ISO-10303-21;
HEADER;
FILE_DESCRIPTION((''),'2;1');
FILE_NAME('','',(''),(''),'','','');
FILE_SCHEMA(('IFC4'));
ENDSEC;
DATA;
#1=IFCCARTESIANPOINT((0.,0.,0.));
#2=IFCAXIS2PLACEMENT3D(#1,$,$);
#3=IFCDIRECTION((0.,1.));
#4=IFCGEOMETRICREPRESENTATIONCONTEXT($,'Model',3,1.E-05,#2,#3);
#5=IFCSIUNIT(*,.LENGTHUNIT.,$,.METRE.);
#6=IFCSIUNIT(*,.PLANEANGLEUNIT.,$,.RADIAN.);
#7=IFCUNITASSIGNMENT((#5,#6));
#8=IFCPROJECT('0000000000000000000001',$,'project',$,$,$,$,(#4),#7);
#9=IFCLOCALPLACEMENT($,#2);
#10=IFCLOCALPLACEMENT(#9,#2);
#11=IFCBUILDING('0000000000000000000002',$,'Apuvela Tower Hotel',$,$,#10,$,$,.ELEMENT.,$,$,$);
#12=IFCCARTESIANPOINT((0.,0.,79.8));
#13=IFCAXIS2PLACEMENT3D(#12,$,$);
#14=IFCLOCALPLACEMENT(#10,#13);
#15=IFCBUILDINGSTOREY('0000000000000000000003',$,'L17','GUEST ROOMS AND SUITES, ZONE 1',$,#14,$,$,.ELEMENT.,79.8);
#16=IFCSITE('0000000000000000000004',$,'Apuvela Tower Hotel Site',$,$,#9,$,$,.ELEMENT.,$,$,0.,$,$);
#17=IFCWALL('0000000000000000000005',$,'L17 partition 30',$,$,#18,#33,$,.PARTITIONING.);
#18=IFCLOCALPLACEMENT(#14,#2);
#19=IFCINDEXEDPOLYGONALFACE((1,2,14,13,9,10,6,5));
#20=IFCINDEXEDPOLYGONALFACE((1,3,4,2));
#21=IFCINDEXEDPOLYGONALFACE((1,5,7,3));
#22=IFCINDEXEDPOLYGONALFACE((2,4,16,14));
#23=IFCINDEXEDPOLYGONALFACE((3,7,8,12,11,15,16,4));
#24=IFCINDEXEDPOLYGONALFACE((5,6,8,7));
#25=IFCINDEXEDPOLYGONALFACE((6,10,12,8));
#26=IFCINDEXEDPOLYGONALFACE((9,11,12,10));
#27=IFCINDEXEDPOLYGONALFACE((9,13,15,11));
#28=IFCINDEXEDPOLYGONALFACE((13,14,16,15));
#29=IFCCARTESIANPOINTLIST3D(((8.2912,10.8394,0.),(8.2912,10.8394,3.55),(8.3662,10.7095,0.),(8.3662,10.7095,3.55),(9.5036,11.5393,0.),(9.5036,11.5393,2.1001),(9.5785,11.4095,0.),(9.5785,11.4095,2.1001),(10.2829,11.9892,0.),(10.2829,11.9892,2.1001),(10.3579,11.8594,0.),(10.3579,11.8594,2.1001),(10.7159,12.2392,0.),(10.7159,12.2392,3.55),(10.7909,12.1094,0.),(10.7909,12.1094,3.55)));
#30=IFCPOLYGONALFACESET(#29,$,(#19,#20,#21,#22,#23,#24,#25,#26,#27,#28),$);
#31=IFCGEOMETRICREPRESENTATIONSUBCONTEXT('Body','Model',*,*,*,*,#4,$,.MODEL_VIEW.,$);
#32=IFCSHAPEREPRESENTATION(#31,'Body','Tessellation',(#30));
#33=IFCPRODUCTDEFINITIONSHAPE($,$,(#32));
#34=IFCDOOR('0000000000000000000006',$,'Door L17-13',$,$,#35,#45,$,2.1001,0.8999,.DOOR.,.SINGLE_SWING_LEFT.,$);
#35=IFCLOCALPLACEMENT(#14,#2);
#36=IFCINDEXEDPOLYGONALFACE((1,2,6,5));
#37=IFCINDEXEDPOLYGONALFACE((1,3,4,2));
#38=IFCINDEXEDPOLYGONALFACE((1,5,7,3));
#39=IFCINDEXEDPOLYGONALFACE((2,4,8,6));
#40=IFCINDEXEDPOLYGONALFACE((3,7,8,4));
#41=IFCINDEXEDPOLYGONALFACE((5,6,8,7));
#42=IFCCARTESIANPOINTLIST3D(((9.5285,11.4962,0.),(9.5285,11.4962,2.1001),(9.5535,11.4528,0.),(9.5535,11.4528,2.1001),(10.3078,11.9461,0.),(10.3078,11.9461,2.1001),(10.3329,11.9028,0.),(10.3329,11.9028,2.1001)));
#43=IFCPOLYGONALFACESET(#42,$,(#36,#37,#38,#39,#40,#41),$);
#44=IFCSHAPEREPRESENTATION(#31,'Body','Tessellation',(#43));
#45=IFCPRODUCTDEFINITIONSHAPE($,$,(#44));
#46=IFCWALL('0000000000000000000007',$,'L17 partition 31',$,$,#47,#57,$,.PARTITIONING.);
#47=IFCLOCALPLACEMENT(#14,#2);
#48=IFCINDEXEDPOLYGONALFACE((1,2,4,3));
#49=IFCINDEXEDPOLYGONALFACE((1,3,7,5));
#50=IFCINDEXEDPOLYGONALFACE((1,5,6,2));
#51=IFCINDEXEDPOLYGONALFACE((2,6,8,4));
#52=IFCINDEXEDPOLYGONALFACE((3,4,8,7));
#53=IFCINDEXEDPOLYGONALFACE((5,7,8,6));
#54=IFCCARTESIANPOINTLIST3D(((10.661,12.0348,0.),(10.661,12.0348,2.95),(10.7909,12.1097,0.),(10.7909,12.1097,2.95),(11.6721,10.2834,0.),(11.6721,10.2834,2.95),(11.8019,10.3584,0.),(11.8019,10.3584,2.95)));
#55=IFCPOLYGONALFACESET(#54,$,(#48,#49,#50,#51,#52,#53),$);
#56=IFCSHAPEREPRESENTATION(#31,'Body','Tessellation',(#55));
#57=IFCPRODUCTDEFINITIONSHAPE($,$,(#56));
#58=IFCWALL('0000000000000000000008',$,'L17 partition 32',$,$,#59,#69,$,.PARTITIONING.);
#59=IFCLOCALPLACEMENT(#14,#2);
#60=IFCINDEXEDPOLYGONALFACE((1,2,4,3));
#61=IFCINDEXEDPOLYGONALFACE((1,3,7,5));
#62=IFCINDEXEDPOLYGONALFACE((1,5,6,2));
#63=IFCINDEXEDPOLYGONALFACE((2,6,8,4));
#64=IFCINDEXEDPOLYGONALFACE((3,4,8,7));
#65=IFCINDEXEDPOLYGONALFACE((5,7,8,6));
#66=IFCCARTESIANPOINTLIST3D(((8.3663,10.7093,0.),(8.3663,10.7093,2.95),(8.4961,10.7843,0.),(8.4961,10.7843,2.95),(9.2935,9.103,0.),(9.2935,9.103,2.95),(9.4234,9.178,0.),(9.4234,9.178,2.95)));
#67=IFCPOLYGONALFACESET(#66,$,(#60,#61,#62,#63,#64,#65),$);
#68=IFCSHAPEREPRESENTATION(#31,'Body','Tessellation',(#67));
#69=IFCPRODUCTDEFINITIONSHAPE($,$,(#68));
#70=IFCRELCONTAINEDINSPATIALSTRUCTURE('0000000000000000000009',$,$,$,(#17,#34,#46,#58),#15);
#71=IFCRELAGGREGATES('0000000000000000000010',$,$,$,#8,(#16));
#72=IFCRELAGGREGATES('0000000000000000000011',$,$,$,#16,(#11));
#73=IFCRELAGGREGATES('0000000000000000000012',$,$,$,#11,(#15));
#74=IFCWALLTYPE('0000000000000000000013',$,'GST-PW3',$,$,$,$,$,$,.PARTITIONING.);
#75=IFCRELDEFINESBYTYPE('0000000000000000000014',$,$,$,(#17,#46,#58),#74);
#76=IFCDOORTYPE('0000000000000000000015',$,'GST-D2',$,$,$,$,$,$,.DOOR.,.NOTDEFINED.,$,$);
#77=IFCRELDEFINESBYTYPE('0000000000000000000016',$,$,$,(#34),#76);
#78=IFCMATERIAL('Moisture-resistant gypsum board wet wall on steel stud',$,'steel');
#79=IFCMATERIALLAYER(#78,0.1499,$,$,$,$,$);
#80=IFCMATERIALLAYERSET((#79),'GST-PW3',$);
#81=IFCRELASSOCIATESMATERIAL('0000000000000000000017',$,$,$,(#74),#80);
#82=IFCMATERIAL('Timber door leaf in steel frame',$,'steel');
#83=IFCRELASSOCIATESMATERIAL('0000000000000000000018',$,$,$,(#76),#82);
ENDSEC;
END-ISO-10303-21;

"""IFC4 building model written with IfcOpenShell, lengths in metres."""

from ifc_helpers import new_model, si_unit, direction, frame, frame_2d, origin, place, context, subcontext, project, spatial, rectangle, extrude, material, layer, layer_set, type_object, element, fill, save


model = new_model("IFC4")

# Units and contexts
model_context = context("Model", 3, precision=1e-05, world=origin(), true_north=direction((0.0, 1.0)))
body_context = subcontext(model_context, "Body", "Model", "MODEL_VIEW")
ifc_project = project(units=[si_unit("LENGTHUNIT", "METRE"), si_unit("PLANEANGLEUNIT", "RADIAN")], contexts=[model_context])

# Site, building, storey
site_placement = place(None, origin())
site = spatial("IfcSite", under=ifc_project, at=site_placement, Name="Apuvela Tower Hotel Site", CompositionType="ELEMENT", RefElevation=0.0)
building_placement = place(site_placement, origin())
building = spatial("IfcBuilding", under=site, at=building_placement, Name="Apuvela Tower Hotel", CompositionType="ELEMENT")
storey_placement = place(building_placement, frame((0.0, 0.0, 79.8)))
storey = spatial("IfcBuildingStorey", under=building, at=storey_placement, Name="L17", Description="GUEST ROOMS AND SUITES, ZONE 1", CompositionType="ELEMENT", Elevation=79.8)

# Shared definitions
ifc_material_1 = material(Name="Timber door leaf in steel frame", Category="steel")
ifc_material_2 = material(Name="Moisture-resistant gypsum board wet wall on steel stud", Category="steel")
ifc_layer_1 = layer(ifc_material_2, 0.1499)
ifc_layer_set_1 = layer_set([ifc_layer_1], Name="GST-PW3")
wall_type_1 = type_object("IfcWallType", Name="GST-PW3", PredefinedType="PARTITIONING", material=ifc_layer_set_1)
door_type_1 = type_object("IfcDoorType", Name="GST-D2", OperationType="NOTDEFINED", PredefinedType="DOOR", material=ifc_material_1)

# Wall, opening, door
wall_1_placement = place(storey_placement, frame((10.7534, 12.1743, 0.0), z_axis=(0.0, 0.0, 1.0), x_axis=(-0.866035, -0.499984, 0.0)))
wall_1 = element("IfcWall", 1, at=wall_1_placement, inside=storey, type_object=wall_type_1, Name="L17 partition 30", PredefinedType="PARTITIONING", context=body_context, shape_type="SweptSolid", body=[
    extrude(rectangle(XDim=2.7998, YDim=0.1499, at=frame_2d((1.3999, 0.0))), origin(), (0.0, 0.0, 1.0), 3.55),
])
opening_1_placement = place(wall_1_placement, frame((0.5, 0.0, 0.0)))
opening_1 = element("IfcOpeningElement", 2, at=opening_1_placement, cuts=wall_1, PredefinedType="OPENING", context=body_context, shape_type="SweptSolid", body=[
    extrude(rectangle(XDim=0.8999, YDim=2.1001, at=frame_2d((0.45, 1.05))), frame((0.0, 0.085, 0.0), z_axis=(0.0, -1.0, 0.0), x_axis=(1.0, 0.0, 0.0)), (0.0, 0.0, 1.0), 0.1699),
])
door_1_placement = place(opening_1_placement, origin())
door_1 = element("IfcDoor", 3, at=door_1_placement, inside=storey, type_object=door_type_1, Name="Door L17-13", OperationType="SINGLE_SWING_LEFT", OverallHeight=2.1001, OverallWidth=0.8999, PredefinedType="DOOR", context=body_context, shape_type="SweptSolid", body=[
    extrude(rectangle(XDim=0.8999, YDim=2.1001, at=frame_2d((0.45, 1.05))), frame((0.0, 0.0249, 0.0), z_axis=(0.0, -1.0, 0.0), x_axis=(1.0, 0.0, 0.0)), (0.0, 0.0, 1.0), 0.05),
])
fill(opening_1, door_1)

# Walls
wall_2_placement = place(storey_placement, frame((11.7371, 10.3208, 0.0), z_axis=(0.0, 0.0, 1.0), x_axis=(-0.49997, 0.866043, 0.0)))
element("IfcWall", 4, at=wall_2_placement, inside=storey, type_object=wall_type_1, Name="L17 partition 31", PredefinedType="PARTITIONING", context=body_context, shape_type="SweptSolid", body=[
    extrude(rectangle(XDim=2.0222, YDim=0.1499, at=frame_2d((1.0112, 0.0))), origin(), (0.0, 0.0, 1.0), 2.95),
])
wall_3_placement = place(storey_placement, frame((9.3584, 9.1406, 0.0), z_axis=(0.0, 0.0, 1.0), x_axis=(-0.499962, 0.866047, 0.0)))
element("IfcWall", 5, at=wall_3_placement, inside=storey, type_object=wall_type_1, Name="L17 partition 32", PredefinedType="PARTITIONING", context=body_context, shape_type="SweptSolid", body=[
    extrude(rectangle(XDim=1.8547, YDim=0.1499, at=frame_2d((0.9272, 0.0))), origin(), (0.0, 0.0, 1.0), 2.95),
])

save(model, "model.ifc")
